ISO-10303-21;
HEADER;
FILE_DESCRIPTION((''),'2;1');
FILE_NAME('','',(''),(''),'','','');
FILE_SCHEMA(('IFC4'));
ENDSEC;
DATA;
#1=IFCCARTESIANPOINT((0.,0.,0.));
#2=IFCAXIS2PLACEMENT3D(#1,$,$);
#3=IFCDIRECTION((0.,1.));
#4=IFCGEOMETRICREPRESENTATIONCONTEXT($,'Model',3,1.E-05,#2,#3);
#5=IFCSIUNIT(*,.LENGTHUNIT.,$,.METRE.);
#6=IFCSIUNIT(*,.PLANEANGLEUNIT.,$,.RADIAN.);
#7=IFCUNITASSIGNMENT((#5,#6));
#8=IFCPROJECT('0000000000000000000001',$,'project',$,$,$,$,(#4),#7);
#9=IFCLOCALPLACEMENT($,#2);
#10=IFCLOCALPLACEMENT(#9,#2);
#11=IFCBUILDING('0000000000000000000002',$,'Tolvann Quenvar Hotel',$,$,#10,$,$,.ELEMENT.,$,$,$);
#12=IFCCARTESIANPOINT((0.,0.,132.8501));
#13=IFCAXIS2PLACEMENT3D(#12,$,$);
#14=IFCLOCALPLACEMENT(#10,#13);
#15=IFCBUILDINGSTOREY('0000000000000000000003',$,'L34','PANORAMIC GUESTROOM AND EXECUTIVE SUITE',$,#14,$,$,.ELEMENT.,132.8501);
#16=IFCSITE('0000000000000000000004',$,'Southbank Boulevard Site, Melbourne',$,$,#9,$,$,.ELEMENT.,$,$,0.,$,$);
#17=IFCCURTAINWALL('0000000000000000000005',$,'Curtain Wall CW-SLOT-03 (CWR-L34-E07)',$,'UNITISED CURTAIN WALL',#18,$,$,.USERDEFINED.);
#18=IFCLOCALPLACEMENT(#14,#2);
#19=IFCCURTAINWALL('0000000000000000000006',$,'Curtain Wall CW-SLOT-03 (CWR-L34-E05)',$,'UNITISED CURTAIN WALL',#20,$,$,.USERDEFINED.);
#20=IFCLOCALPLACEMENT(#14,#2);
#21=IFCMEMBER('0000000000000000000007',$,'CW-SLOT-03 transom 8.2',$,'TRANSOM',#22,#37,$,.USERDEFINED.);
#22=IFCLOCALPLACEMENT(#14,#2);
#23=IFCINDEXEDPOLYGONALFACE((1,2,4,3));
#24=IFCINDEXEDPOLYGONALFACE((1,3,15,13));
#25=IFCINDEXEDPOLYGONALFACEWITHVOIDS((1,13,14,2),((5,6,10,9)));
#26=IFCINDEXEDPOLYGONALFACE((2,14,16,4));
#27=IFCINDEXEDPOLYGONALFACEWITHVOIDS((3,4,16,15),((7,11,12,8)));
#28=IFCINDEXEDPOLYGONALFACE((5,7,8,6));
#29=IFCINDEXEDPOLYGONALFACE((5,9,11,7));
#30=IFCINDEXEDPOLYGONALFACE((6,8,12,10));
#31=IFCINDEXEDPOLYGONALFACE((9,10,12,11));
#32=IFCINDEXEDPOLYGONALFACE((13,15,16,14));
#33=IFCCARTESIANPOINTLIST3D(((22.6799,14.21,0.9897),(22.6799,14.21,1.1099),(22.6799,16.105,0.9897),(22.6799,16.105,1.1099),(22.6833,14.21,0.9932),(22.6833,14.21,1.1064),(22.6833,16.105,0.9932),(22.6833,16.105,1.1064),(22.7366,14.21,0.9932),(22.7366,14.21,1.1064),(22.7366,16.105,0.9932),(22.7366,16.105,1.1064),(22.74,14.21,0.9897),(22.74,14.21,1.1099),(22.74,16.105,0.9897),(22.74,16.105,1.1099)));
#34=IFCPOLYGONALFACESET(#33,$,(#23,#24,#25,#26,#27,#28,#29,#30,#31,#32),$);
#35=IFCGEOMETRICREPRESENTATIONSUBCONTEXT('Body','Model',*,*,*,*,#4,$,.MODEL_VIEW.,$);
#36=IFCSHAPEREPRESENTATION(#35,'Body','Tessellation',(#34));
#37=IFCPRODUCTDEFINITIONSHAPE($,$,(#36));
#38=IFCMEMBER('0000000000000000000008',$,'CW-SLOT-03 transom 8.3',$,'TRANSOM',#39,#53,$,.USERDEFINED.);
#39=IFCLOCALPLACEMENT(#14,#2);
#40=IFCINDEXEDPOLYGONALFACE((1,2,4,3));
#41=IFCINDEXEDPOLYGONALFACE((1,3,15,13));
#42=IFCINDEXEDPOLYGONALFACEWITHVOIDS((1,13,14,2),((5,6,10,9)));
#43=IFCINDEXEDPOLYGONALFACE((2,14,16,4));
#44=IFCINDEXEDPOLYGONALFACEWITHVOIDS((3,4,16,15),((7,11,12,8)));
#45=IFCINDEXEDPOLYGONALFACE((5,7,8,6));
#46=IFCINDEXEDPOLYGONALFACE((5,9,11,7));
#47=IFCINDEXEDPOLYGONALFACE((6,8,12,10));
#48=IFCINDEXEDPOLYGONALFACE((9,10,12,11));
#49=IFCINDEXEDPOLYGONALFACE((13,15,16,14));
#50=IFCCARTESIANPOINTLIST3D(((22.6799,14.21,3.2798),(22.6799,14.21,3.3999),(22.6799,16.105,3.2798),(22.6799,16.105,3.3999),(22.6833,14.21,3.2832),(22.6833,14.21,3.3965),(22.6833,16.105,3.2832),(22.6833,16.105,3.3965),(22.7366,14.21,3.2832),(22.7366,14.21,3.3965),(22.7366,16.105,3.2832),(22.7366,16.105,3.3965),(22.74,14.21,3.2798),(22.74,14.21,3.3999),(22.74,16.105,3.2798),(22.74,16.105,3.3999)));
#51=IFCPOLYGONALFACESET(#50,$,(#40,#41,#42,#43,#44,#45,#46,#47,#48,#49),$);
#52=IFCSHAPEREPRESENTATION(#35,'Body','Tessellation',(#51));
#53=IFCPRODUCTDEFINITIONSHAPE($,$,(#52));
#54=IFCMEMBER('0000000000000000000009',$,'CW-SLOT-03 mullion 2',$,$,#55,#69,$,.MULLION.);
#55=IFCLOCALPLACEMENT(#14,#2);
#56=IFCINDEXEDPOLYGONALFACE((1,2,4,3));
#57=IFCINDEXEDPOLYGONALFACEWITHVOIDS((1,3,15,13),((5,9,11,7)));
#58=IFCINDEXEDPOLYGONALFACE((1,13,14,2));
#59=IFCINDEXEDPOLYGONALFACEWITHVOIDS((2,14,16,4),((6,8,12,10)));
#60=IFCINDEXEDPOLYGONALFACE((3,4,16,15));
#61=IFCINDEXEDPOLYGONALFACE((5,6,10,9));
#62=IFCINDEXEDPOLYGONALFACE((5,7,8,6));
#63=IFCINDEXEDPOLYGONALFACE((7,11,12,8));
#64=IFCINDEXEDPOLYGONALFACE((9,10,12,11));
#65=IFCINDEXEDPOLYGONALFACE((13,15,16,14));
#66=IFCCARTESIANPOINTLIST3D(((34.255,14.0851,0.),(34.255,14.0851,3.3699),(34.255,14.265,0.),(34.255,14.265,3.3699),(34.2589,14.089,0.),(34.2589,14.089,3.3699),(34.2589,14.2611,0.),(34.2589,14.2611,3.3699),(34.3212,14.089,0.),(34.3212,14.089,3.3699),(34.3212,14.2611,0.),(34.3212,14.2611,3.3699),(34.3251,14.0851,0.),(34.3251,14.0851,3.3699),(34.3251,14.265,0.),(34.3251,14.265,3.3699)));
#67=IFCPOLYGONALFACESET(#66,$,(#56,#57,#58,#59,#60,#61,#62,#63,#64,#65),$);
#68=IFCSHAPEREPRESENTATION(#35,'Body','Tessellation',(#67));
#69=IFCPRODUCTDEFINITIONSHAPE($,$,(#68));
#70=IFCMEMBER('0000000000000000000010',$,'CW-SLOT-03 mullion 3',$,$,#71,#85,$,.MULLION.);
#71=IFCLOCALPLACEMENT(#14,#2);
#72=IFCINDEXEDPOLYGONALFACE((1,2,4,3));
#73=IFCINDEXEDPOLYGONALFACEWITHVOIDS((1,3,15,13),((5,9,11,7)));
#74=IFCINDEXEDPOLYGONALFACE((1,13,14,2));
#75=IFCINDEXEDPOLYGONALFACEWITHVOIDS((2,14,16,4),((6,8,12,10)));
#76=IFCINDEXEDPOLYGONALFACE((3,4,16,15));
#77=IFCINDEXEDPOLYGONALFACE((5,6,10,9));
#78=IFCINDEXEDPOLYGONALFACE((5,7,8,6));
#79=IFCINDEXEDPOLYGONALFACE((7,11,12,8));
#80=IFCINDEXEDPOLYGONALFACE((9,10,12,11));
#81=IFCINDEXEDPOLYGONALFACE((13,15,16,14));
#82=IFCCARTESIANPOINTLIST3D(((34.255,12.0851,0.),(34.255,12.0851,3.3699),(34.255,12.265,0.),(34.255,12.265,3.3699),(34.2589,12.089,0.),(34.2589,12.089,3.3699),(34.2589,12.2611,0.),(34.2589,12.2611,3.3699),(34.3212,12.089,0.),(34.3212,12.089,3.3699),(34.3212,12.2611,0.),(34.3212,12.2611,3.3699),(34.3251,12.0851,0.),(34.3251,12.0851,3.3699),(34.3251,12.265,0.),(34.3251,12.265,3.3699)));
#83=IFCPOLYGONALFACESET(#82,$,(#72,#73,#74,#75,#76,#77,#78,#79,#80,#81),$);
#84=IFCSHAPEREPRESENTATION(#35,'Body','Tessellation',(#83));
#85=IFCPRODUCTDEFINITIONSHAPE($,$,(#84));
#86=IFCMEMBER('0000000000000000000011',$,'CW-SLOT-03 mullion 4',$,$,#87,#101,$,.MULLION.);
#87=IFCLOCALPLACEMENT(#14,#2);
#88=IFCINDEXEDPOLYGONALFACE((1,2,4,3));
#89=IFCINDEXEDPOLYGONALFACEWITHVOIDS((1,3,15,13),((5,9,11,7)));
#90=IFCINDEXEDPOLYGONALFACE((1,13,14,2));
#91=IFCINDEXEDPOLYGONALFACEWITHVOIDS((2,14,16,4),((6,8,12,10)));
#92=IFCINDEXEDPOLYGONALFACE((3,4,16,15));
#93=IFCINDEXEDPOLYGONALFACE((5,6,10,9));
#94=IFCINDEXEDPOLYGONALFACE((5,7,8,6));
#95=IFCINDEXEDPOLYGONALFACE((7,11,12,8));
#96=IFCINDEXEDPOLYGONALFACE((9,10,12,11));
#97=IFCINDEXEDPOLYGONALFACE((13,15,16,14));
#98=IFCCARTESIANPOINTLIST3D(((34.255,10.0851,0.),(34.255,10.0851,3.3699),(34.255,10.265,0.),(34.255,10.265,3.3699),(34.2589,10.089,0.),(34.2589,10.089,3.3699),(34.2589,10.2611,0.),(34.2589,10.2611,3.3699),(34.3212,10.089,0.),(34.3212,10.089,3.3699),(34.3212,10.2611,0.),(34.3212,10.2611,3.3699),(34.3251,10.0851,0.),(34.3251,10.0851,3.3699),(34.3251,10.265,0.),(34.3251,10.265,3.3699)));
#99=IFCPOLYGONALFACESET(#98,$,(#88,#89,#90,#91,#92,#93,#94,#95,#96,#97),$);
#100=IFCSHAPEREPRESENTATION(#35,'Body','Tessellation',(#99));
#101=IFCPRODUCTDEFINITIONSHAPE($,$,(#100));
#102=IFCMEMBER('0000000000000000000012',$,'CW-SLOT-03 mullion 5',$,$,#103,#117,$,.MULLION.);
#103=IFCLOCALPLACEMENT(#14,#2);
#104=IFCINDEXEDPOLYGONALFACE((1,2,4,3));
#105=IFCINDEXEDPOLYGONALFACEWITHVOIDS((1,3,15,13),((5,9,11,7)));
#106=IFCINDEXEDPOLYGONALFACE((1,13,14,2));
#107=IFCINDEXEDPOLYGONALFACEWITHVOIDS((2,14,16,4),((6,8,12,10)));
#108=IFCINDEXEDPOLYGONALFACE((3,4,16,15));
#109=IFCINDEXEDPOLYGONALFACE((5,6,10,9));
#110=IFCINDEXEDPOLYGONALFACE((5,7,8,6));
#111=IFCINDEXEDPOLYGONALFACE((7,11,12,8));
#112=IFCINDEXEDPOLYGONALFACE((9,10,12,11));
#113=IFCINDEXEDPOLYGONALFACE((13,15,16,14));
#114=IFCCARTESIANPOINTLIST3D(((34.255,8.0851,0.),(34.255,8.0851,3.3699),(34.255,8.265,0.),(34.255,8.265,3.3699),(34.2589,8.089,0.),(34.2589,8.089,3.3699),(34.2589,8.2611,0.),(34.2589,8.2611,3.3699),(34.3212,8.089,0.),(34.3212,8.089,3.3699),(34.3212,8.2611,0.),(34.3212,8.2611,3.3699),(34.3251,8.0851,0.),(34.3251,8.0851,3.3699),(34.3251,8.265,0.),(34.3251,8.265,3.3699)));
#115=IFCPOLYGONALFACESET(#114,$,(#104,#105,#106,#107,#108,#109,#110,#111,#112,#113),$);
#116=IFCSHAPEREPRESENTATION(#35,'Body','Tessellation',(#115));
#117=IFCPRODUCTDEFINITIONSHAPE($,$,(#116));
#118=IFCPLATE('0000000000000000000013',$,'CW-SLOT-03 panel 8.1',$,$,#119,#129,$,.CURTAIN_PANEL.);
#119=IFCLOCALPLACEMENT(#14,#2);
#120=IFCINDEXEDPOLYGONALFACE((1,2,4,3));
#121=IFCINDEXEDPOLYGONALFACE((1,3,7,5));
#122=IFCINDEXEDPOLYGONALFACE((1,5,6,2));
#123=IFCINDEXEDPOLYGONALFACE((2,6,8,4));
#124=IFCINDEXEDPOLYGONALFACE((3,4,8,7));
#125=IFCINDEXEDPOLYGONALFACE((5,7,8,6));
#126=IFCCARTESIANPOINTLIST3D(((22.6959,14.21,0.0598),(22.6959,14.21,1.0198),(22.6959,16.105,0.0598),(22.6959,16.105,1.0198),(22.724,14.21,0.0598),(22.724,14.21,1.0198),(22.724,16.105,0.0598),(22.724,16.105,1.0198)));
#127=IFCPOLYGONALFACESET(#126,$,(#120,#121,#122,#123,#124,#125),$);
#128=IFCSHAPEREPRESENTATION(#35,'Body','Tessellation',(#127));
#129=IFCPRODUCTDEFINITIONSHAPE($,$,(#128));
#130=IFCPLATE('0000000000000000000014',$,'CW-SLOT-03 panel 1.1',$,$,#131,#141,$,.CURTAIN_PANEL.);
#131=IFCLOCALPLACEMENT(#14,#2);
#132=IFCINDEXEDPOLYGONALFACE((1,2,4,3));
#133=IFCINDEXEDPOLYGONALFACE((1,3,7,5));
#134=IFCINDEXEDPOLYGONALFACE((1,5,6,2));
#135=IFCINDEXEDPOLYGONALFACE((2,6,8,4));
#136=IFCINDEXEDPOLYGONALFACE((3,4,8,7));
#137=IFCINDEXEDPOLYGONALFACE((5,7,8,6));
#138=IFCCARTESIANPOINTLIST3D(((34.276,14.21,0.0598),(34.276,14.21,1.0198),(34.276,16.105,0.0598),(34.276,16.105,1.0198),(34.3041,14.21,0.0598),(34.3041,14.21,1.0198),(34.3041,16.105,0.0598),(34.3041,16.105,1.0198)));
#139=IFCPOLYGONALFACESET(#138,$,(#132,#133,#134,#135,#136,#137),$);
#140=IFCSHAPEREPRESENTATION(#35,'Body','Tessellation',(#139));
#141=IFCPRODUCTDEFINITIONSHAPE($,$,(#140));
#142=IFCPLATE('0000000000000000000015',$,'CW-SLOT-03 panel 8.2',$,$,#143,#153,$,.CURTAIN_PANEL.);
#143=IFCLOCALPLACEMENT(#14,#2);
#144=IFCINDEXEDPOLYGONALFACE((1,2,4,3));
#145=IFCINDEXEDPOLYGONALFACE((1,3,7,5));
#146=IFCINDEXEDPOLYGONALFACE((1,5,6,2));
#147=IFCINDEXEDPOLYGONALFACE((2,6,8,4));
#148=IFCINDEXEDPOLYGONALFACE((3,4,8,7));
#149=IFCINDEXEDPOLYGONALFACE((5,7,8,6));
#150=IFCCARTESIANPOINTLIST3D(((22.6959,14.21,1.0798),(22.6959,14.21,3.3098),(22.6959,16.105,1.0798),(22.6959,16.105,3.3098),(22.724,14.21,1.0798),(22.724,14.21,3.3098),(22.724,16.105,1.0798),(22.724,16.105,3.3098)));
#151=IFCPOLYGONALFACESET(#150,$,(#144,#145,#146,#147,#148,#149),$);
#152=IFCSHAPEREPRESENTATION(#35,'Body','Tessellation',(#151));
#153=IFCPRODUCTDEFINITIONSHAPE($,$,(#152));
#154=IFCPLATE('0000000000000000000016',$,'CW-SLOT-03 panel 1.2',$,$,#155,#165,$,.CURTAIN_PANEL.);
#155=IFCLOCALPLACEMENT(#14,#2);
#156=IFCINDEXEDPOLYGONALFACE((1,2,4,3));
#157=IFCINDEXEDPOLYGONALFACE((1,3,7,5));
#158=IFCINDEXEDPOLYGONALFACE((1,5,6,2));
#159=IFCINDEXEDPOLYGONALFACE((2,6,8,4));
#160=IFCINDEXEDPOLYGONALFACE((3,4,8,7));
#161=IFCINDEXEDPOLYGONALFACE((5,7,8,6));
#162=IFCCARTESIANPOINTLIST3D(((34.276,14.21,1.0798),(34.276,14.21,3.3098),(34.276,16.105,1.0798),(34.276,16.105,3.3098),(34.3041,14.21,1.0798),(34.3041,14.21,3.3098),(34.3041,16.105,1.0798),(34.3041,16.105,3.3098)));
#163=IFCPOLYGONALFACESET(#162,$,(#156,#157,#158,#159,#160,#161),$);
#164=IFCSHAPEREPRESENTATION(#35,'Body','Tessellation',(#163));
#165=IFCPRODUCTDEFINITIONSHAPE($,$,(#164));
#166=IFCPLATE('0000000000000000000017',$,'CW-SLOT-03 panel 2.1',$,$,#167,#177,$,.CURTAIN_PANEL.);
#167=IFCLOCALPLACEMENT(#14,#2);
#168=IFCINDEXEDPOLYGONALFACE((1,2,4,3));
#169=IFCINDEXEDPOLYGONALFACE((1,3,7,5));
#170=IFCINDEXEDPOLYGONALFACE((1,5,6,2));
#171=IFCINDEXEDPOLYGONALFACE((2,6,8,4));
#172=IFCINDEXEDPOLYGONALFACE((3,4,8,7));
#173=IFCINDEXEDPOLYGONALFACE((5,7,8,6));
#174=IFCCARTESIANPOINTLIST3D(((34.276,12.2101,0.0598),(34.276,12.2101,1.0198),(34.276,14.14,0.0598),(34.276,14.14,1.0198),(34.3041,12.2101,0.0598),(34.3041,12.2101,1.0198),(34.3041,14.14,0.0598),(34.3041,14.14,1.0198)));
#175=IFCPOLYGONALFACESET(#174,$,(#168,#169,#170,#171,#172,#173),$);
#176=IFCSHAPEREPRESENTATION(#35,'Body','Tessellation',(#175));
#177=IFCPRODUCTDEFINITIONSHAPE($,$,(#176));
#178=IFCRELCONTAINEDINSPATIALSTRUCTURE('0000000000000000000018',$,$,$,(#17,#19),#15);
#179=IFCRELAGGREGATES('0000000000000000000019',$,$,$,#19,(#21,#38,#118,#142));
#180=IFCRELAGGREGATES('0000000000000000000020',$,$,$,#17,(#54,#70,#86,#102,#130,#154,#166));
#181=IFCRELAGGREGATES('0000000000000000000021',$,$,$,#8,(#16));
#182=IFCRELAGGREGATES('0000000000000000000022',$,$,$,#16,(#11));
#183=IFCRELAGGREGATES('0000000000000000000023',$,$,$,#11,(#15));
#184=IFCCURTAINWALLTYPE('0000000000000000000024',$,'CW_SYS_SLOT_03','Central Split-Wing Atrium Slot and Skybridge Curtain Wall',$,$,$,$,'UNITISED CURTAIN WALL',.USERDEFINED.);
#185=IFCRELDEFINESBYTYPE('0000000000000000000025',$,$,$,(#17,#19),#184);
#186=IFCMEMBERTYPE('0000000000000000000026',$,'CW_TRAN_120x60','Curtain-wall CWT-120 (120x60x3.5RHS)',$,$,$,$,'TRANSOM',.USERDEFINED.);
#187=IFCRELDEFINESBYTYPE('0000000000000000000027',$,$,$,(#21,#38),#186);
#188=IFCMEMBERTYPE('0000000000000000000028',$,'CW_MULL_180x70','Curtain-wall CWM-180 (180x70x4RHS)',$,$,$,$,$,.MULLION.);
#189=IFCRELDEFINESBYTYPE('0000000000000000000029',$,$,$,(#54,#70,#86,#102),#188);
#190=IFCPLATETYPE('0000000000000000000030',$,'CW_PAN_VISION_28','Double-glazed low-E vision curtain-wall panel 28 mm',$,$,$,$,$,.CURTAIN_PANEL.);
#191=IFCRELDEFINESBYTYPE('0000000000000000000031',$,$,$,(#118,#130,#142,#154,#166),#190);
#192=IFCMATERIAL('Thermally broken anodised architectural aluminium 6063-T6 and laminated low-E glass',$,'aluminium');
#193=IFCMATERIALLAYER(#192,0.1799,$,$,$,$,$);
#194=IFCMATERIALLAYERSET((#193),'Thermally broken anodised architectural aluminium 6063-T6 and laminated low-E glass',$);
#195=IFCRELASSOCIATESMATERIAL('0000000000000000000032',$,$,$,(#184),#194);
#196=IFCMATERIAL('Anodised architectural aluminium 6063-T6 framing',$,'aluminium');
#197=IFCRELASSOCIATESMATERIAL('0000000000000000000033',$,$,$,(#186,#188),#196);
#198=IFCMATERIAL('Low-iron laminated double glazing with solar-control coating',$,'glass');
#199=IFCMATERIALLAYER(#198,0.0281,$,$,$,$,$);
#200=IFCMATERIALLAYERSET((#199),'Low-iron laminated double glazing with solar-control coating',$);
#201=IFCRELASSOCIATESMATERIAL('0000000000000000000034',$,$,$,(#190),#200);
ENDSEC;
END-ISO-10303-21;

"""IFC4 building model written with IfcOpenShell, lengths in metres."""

from ifc_helpers import new_model, si_unit, direction, frame, origin, origin_2d, place, context, subcontext, project, spatial, rectangle, hollow_rectangle, extrude, source, transform, mapped, material, layer, layer_set, material_profile, profile_set, type_object, type_shapes, element, aggregate, save


model = new_model("IFC4")

# Units and contexts
model_context = context("Model", 3, precision=1e-05, world=origin(), true_north=direction((0.0, 1.0)))
body_context = subcontext(model_context, "Body", "Model", "MODEL_VIEW")
ifc_project = project(units=[si_unit("LENGTHUNIT", "METRE"), si_unit("PLANEANGLEUNIT", "RADIAN")], contexts=[model_context])

# Site, building, storey
site_placement = place(None, origin())
site = spatial("IfcSite", under=ifc_project, at=site_placement, Name="Southbank Boulevard Site, Melbourne", CompositionType="ELEMENT", RefElevation=0.0)
building_placement = place(site_placement, origin())
building = spatial("IfcBuilding", under=site, at=building_placement, Name="Tolvann Quenvar Hotel", CompositionType="ELEMENT")
storey_placement = place(building_placement, frame((0.0, 0.0, 132.8501)))
storey = spatial("IfcBuildingStorey", under=building, at=storey_placement, Name="L34", Description="PANORAMIC GUESTROOM AND EXECUTIVE SUITE", CompositionType="ELEMENT", Elevation=132.8501)

# Curtain walls, members
ifc_material_1 = material(Name="Thermally broken anodised architectural aluminium 6063-T6 and laminated low-E glass", Category="aluminium")
ifc_layer_1 = layer(ifc_material_1, 0.1799)
ifc_layer_set_1 = layer_set([ifc_layer_1], Name="Thermally broken anodised architectural aluminium 6063-T6 and laminated low-E glass")
curtain_wall_type = type_object("IfcCurtainWallType", Name="CW_SYS_SLOT_03", Description="Central Split-Wing Atrium Slot and Skybridge Curtain Wall", ElementType="UNITISED CURTAIN WALL", PredefinedType="USERDEFINED", material=ifc_layer_set_1)
curtain_wall_1_placement = place(storey_placement, origin())
curtain_wall_1 = element("IfcCurtainWall", 1, at=curtain_wall_1_placement, inside=storey, type_object=curtain_wall_type, Name="Curtain Wall CW-SLOT-03 (CWR-L34-E07)", ObjectType="UNITISED CURTAIN WALL", PredefinedType="USERDEFINED")
ifc_material_2 = material(Name="Anodised architectural aluminium 6063-T6 framing", Category="aluminium")
ifc_material_profile_1 = material_profile(ifc_material_2, hollow_rectangle(XDim=0.0601, YDim=0.1201, WallThickness=0.0034, at=origin_2d()), Name="120x60x3.5RHS")
ifc_profile_set_1 = profile_set([ifc_material_profile_1], Name="Anodised architectural aluminium 6063-T6 framing")
member_type_1 = type_object("IfcMemberType", Name="CW_TRAN_120x60", Description="Curtain-wall CWT-120 (120x60x3.5RHS)", ElementType="TRANSOM", PredefinedType="USERDEFINED", material=ifc_profile_set_1)
curtain_wall_2_placement = place(storey_placement, origin())
curtain_wall_2 = element("IfcCurtainWall", 2, at=curtain_wall_2_placement, inside=storey, type_object=curtain_wall_type, Name="Curtain Wall CW-SLOT-03 (CWR-L34-E05)", ObjectType="UNITISED CURTAIN WALL", PredefinedType="USERDEFINED")
shared_shape_1 = source(origin(), body_context, "Body", "SweptSolid", [
    extrude(hollow_rectangle(XDim=0.0601, YDim=0.1201, WallThickness=0.0034, at=origin_2d()), origin(), (0.0, 0.0, 1.0), 1.895),
])
member_1_placement = place(storey_placement, frame((22.71, 14.21, 1.0498), z_axis=(0.0, 1.0, 0.0), x_axis=(-1.0, 0.0, 0.0)))
member_1 = element("IfcMember", 3, at=member_1_placement, type_object=member_type_1, Name="CW-SLOT-03 transom 8.2", ObjectType="TRANSOM", PredefinedType="USERDEFINED", context=body_context, shape_type="MappedRepresentation", body=[
    mapped(shared_shape_1, transform((0.0, 0.0, 0.0), x_axis=(1.0, 0.0, 0.0), y_axis=(0.0, 1.0, 0.0), z_axis=(0.0, 0.0, 1.0), scale=1.0)),
])
member_2_placement = place(storey_placement, frame((22.71, 14.21, 3.3398), z_axis=(0.0, 1.0, 0.0), x_axis=(-1.0, 0.0, 0.0)))
member_2 = element("IfcMember", 4, at=member_2_placement, type_object=member_type_1, Name="CW-SLOT-03 transom 8.3", ObjectType="TRANSOM", PredefinedType="USERDEFINED", context=body_context, shape_type="MappedRepresentation", body=[
    mapped(shared_shape_1, transform((0.0, 0.0, 0.0), x_axis=(1.0, 0.0, 0.0), y_axis=(0.0, 1.0, 0.0), z_axis=(0.0, 0.0, 1.0), scale=1.0)),
])

# Members
ifc_material_profile_2 = material_profile(ifc_material_2, hollow_rectangle(XDim=0.0701, YDim=0.1799, WallThickness=0.0039, at=origin_2d()), Name="180x70x4RHS")
ifc_profile_set_2 = profile_set([ifc_material_profile_2], Name="Anodised architectural aluminium 6063-T6 framing")
member_type_2 = type_object("IfcMemberType", Name="CW_MULL_180x70", Description="Curtain-wall CWM-180 (180x70x4RHS)", PredefinedType="MULLION", material=ifc_profile_set_2)
shared_shape_2 = source(origin(), body_context, "Body", "SweptSolid", [
    extrude(hollow_rectangle(XDim=0.0701, YDim=0.1799, WallThickness=0.0039, at=origin_2d()), origin(), (0.0, 0.0, 1.0), 3.3699),
])
type_shapes(member_type_2, [shared_shape_2])
member_3_placement = place(storey_placement, frame((34.29, 14.175, 0.0), z_axis=(0.0, 0.0, 1.0), x_axis=(1.0, 0.0, 0.0)))
member_3 = element("IfcMember", 5, at=member_3_placement, type_object=member_type_2, Name="CW-SLOT-03 mullion 2", PredefinedType="MULLION", context=body_context, shape_type="MappedRepresentation", body=[
    mapped(shared_shape_2, transform((0.0, 0.0, 0.0), x_axis=(1.0, 0.0, 0.0), y_axis=(0.0, 1.0, 0.0), z_axis=(0.0, 0.0, 1.0), scale=1.0)),
])
member_4_placement = place(storey_placement, frame((34.29, 12.175, 0.0), z_axis=(0.0, 0.0, 1.0), x_axis=(1.0, 0.0, 0.0)))
member_4 = element("IfcMember", 6, at=member_4_placement, type_object=member_type_2, Name="CW-SLOT-03 mullion 3", PredefinedType="MULLION", context=body_context, shape_type="MappedRepresentation", body=[
    mapped(shared_shape_2, transform((0.0, 0.0, 0.0), x_axis=(1.0, 0.0, 0.0), y_axis=(0.0, 1.0, 0.0), z_axis=(0.0, 0.0, 1.0), scale=1.0)),
])
member_5_placement = place(storey_placement, frame((34.29, 10.175, 0.0), z_axis=(0.0, 0.0, 1.0), x_axis=(1.0, 0.0, 0.0)))
member_5 = element("IfcMember", 7, at=member_5_placement, type_object=member_type_2, Name="CW-SLOT-03 mullion 4", PredefinedType="MULLION", context=body_context, shape_type="MappedRepresentation", body=[
    mapped(shared_shape_2, transform((0.0, 0.0, 0.0), x_axis=(1.0, 0.0, 0.0), y_axis=(0.0, 1.0, 0.0), z_axis=(0.0, 0.0, 1.0), scale=1.0)),
])
member_6_placement = place(storey_placement, frame((34.29, 8.175, 0.0), z_axis=(0.0, 0.0, 1.0), x_axis=(1.0, 0.0, 0.0)))
member_6 = element("IfcMember", 8, at=member_6_placement, type_object=member_type_2, Name="CW-SLOT-03 mullion 5", PredefinedType="MULLION", context=body_context, shape_type="MappedRepresentation", body=[
    mapped(shared_shape_2, transform((0.0, 0.0, 0.0), x_axis=(1.0, 0.0, 0.0), y_axis=(0.0, 1.0, 0.0), z_axis=(0.0, 0.0, 1.0), scale=1.0)),
])

# Plates
ifc_material_3 = material(Name="Low-iron laminated double glazing with solar-control coating", Category="glass")
ifc_layer_2 = layer(ifc_material_3, 0.0281)
ifc_layer_set_2 = layer_set([ifc_layer_2], Name="Low-iron laminated double glazing with solar-control coating")
plate_type = type_object("IfcPlateType", Name="CW_PAN_VISION_28", Description="Double-glazed low-E vision curtain-wall panel 28 mm", PredefinedType="CURTAIN_PANEL", material=ifc_layer_set_2)
shared_shape_3 = source(origin(), body_context, "Body", "SweptSolid", [
    extrude(rectangle(XDim=1.895, YDim=0.0281, at=origin_2d()), origin(), (0.0, 0.0, 1.0), 0.96),
])
plate_1_placement = place(storey_placement, frame((22.71, 15.1575, 0.0598), z_axis=(0.0, 0.0, 1.0), x_axis=(0.0, 1.0, 0.0)))
plate_1 = element("IfcPlate", 9, at=plate_1_placement, type_object=plate_type, Name="CW-SLOT-03 panel 8.1", PredefinedType="CURTAIN_PANEL", context=body_context, shape_type="MappedRepresentation", body=[
    mapped(shared_shape_3, transform((0.0, 0.0, 0.0), x_axis=(1.0, 0.0, 0.0), y_axis=(0.0, 1.0, 0.0), z_axis=(0.0, 0.0, 1.0), scale=1.0)),
])
plate_2_placement = place(storey_placement, frame((34.29, 15.1575, 0.0598), z_axis=(0.0, 0.0, 1.0), x_axis=(0.0, -1.0, 0.0)))
plate_2 = element("IfcPlate", 10, at=plate_2_placement, type_object=plate_type, Name="CW-SLOT-03 panel 1.1", PredefinedType="CURTAIN_PANEL", context=body_context, shape_type="MappedRepresentation", body=[
    mapped(shared_shape_3, transform((0.0, 0.0, 0.0), x_axis=(1.0, 0.0, 0.0), y_axis=(0.0, 1.0, 0.0), z_axis=(0.0, 0.0, 1.0), scale=1.0)),
])
shared_shape_4 = source(origin(), body_context, "Body", "SweptSolid", [
    extrude(rectangle(XDim=1.895, YDim=0.0281, at=origin_2d()), origin(), (0.0, 0.0, 1.0), 2.23),
])
plate_3_placement = place(storey_placement, frame((22.71, 15.1575, 1.0798), z_axis=(0.0, 0.0, 1.0), x_axis=(0.0, 1.0, 0.0)))
plate_3 = element("IfcPlate", 11, at=plate_3_placement, type_object=plate_type, Name="CW-SLOT-03 panel 8.2", PredefinedType="CURTAIN_PANEL", context=body_context, shape_type="MappedRepresentation", body=[
    mapped(shared_shape_4, transform((0.0, 0.0, 0.0), x_axis=(1.0, 0.0, 0.0), y_axis=(0.0, 1.0, 0.0), z_axis=(0.0, 0.0, 1.0), scale=1.0)),
])
aggregate(curtain_wall_2, [member_1, member_2, plate_1, plate_3])
plate_4_placement = place(storey_placement, frame((34.29, 15.1575, 1.0798), z_axis=(0.0, 0.0, 1.0), x_axis=(0.0, -1.0, 0.0)))
plate_4 = element("IfcPlate", 12, at=plate_4_placement, type_object=plate_type, Name="CW-SLOT-03 panel 1.2", PredefinedType="CURTAIN_PANEL", context=body_context, shape_type="MappedRepresentation", body=[
    mapped(shared_shape_4, transform((0.0, 0.0, 0.0), x_axis=(1.0, 0.0, 0.0), y_axis=(0.0, 1.0, 0.0), z_axis=(0.0, 0.0, 1.0), scale=1.0)),
])
shared_shape_5 = source(origin(), body_context, "Body", "SweptSolid", [
    extrude(rectangle(XDim=1.9299, YDim=0.0281, at=origin_2d()), origin(), (0.0, 0.0, 1.0), 0.96),
])
plate_5_placement = place(storey_placement, frame((34.29, 13.175, 0.0598), z_axis=(0.0, 0.0, 1.0), x_axis=(0.0, -1.0, 0.0)))
plate_5 = element("IfcPlate", 13, at=plate_5_placement, type_object=plate_type, Name="CW-SLOT-03 panel 2.1", PredefinedType="CURTAIN_PANEL", context=body_context, shape_type="MappedRepresentation", body=[
    mapped(shared_shape_5, transform((0.0, 0.0, 0.0), x_axis=(1.0, 0.0, 0.0), y_axis=(0.0, 1.0, 0.0), z_axis=(0.0, 0.0, 1.0), scale=1.0)),
])
aggregate(curtain_wall_1, [member_3, member_4, member_5, member_6, plate_2, plate_4, plate_5])

save(model, "model.ifc")
